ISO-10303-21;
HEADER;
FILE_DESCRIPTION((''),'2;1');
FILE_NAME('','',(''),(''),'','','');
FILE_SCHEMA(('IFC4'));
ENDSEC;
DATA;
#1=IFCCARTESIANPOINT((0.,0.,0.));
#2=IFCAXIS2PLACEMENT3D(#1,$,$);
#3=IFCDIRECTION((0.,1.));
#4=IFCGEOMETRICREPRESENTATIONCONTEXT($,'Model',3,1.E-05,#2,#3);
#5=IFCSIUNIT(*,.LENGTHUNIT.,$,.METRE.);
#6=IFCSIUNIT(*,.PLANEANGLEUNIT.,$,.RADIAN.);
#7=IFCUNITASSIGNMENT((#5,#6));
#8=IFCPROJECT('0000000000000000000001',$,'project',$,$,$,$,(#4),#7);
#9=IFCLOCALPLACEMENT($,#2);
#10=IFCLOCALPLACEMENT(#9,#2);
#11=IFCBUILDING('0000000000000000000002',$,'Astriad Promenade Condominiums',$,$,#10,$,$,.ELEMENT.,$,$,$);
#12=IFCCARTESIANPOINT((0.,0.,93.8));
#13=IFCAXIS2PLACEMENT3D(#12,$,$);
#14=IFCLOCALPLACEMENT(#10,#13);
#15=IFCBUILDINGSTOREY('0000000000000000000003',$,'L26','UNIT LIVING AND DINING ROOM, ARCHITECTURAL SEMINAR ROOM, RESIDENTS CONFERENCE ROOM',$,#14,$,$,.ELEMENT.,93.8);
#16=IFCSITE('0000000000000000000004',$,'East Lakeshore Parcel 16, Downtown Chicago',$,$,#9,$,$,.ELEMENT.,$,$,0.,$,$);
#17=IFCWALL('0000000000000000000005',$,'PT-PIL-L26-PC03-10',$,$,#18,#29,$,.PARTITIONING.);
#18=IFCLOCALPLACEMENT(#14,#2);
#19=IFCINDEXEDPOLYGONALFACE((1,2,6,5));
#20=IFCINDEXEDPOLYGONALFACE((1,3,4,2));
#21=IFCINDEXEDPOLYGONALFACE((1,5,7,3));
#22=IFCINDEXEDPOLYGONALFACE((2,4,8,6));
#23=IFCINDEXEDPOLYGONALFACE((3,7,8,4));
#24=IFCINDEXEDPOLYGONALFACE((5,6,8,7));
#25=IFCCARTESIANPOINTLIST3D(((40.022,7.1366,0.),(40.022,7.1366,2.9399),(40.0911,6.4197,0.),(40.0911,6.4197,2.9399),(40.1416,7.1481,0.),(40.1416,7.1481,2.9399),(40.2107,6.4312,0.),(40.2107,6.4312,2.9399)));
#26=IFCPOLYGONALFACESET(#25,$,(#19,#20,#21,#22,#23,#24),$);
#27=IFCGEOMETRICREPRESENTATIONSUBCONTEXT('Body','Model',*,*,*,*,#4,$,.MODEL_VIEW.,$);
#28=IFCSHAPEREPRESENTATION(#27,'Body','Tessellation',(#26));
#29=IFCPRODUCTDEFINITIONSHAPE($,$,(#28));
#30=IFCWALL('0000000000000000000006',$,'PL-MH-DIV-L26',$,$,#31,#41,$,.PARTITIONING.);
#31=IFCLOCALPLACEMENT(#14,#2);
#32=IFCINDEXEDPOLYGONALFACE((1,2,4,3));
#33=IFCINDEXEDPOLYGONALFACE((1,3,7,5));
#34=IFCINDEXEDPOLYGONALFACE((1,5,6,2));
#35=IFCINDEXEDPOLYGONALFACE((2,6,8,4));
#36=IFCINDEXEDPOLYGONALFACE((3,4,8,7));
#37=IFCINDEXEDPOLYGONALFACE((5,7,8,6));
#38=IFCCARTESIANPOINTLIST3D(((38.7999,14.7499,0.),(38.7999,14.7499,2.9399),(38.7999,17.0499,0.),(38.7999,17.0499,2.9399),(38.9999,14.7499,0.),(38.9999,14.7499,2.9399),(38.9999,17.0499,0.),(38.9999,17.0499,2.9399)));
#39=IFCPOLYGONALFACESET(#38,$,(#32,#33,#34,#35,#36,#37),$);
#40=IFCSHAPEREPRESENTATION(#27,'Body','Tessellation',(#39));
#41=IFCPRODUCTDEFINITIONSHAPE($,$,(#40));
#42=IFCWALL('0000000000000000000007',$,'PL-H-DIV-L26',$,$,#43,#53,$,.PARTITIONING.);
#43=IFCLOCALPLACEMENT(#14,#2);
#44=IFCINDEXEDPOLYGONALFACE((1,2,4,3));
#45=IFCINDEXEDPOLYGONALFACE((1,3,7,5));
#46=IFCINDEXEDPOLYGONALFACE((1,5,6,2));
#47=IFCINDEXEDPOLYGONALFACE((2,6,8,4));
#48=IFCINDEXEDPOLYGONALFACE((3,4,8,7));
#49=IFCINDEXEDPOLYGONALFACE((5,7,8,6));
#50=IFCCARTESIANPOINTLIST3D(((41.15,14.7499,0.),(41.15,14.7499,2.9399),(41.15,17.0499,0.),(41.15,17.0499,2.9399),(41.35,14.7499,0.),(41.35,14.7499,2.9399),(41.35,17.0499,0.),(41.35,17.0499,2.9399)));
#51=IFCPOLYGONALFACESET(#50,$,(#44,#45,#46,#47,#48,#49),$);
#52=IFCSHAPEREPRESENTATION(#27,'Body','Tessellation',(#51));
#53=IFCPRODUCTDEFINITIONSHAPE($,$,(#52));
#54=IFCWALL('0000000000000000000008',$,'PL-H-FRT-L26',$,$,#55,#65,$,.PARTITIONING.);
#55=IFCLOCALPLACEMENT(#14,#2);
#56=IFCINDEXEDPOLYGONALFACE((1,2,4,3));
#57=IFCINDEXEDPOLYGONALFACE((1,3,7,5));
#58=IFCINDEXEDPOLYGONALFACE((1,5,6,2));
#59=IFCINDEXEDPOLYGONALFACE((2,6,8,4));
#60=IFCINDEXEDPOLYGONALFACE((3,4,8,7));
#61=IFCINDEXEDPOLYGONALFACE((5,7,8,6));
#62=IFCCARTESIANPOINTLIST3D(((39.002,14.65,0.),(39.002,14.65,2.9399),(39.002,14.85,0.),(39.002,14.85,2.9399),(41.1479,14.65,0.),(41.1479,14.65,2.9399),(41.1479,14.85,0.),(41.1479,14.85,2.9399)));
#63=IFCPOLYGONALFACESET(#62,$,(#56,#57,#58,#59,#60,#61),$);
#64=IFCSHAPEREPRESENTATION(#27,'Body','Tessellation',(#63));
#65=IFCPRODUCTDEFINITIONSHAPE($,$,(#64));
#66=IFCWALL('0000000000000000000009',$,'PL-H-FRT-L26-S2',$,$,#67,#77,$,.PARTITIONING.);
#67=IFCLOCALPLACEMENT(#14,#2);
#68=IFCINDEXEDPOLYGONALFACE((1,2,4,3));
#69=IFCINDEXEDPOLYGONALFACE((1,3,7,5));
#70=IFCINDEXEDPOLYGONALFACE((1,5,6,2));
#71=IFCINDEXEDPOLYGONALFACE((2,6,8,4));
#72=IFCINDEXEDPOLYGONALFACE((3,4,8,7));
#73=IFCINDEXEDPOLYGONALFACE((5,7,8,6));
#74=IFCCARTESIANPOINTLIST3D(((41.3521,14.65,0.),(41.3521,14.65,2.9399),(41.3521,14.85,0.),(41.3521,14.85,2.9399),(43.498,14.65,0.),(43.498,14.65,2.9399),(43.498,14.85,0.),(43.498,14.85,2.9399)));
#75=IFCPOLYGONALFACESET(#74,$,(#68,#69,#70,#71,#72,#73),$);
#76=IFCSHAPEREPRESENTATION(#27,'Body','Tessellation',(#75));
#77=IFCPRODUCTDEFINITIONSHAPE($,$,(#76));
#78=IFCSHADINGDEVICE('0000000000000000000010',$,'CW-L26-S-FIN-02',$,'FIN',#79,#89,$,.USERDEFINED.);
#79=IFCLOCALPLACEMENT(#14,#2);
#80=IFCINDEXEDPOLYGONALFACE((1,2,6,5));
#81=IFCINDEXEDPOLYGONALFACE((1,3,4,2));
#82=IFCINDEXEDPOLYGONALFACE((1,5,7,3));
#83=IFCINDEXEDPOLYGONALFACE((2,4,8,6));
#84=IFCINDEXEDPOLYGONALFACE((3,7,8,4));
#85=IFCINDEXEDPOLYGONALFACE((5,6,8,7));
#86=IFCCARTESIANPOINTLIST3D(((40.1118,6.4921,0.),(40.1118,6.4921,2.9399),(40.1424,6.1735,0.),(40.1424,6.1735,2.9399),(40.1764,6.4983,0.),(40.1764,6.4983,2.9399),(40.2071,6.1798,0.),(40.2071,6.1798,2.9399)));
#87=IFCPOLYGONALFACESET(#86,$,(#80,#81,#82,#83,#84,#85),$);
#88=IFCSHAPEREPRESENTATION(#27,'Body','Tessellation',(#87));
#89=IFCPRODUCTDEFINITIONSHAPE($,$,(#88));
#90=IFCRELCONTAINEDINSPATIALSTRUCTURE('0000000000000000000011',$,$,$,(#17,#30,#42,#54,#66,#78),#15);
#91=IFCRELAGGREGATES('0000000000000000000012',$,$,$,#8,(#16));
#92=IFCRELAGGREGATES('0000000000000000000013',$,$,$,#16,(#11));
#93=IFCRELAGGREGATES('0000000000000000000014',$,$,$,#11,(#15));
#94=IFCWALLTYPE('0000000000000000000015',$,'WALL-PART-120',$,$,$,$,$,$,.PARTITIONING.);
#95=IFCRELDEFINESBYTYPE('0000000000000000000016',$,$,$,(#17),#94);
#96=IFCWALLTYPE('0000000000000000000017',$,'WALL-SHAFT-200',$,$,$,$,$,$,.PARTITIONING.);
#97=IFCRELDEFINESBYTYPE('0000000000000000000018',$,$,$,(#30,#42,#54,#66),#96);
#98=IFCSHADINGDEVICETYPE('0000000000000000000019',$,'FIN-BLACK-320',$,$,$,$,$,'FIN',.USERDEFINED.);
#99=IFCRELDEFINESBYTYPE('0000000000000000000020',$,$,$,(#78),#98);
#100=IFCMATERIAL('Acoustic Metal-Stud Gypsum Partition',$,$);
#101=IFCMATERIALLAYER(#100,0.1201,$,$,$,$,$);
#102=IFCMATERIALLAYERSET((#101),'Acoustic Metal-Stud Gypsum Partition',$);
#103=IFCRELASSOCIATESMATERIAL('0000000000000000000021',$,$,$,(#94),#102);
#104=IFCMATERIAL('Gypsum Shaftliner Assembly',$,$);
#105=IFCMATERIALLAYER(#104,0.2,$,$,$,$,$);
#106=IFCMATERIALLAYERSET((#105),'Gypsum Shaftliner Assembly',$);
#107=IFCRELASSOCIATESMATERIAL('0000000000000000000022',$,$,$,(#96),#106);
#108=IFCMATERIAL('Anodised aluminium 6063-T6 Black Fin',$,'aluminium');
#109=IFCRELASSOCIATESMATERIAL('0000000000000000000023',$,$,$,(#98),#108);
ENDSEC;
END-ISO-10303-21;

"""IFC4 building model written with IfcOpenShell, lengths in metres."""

from ifc_helpers import new_model, si_unit, direction, frame, frame_2d, origin, origin_2d, place, context, subcontext, project, spatial, rectangle, extrude, source, transform, mapped, material, layer, layer_set, type_object, type_shapes, element, save


model = new_model("IFC4")

# Units and contexts
model_context = context("Model", 3, precision=1e-05, world=origin(), true_north=direction((0.0, 1.0)))
body_context = subcontext(model_context, "Body", "Model", "MODEL_VIEW")
ifc_project = project(units=[si_unit("LENGTHUNIT", "METRE"), si_unit("PLANEANGLEUNIT", "RADIAN")], contexts=[model_context])

# Site, building, storey
site_placement = place(None, origin())
site = spatial("IfcSite", under=ifc_project, at=site_placement, Name="East Lakeshore Parcel 16, Downtown Chicago", CompositionType="ELEMENT", RefElevation=0.0)
building_placement = place(site_placement, origin())
building = spatial("IfcBuilding", under=site, at=building_placement, Name="Astriad Promenade Condominiums", CompositionType="ELEMENT")
storey_placement = place(building_placement, frame((0.0, 0.0, 93.8)))
storey = spatial("IfcBuildingStorey", under=building, at=storey_placement, Name="L26", Description="UNIT LIVING AND DINING ROOM, ARCHITECTURAL SEMINAR ROOM, RESIDENTS CONFERENCE ROOM", CompositionType="ELEMENT", Elevation=93.8)

# Walls
ifc_material_1 = material(Name="Acoustic Metal-Stud Gypsum Partition")
ifc_layer_1 = layer(ifc_material_1, 0.1201)
ifc_layer_set_1 = layer_set([ifc_layer_1], Name="Acoustic Metal-Stud Gypsum Partition")
wall_type_1 = type_object("IfcWallType", Name="WALL-PART-120", PredefinedType="PARTITIONING", material=ifc_layer_set_1)
wall_1_placement = place(storey_placement, frame((40.0818, 7.1423, 0.0), z_axis=(0.0, 0.0, 1.0), x_axis=(0.095945, -0.995387, 0.0)))
element("IfcWall", 1, at=wall_1_placement, inside=storey, type_object=wall_type_1, Name="PT-PIL-L26-PC03-10", PredefinedType="PARTITIONING", context=body_context, shape_type="SweptSolid", body=[
    extrude(rectangle(XDim=0.7202, YDim=0.1201, at=frame_2d((0.3601, 0.0))), origin(), (0.0, 0.0, 1.0), 2.9399),
])
ifc_material_2 = material(Name="Gypsum Shaftliner Assembly")
ifc_layer_2 = layer(ifc_material_2, 0.2)
ifc_layer_set_2 = layer_set([ifc_layer_2], Name="Gypsum Shaftliner Assembly")
wall_type_2 = type_object("IfcWallType", Name="WALL-SHAFT-200", PredefinedType="PARTITIONING", material=ifc_layer_set_2)
for number, where, z_axis, x_axis, name in (
    (2, (38.8999, 14.75, 0.0), (0.0, 0.0, 1.0), (0.0, 1.0, 0.0), "PL-MH-DIV-L26"),
    (3, (41.25, 14.75, 0.0), (0.0, 0.0, 1.0), (0.0, 1.0, 0.0), "PL-H-DIV-L26"),
):
    element("IfcWall", number, at=place(storey_placement, frame(where, z_axis=z_axis, x_axis=x_axis)), inside=storey, type_object=wall_type_2, Name=name, PredefinedType="PARTITIONING", context=body_context, shape_type="SweptSolid", body=[
        extrude(rectangle(XDim=2.3, YDim=0.2, at=frame_2d((1.1499, 0.0))), origin(), (0.0, 0.0, 1.0), 2.9399),
    ])
for number, where, z_axis, x_axis, name in (
    (4, (39.002, 14.75, 0.0), (0.0, 0.0, 1.0), (1.0, 0.0, 0.0), "PL-H-FRT-L26"),
    (5, (41.3521, 14.75, 0.0), (0.0, 0.0, 1.0), (1.0, 0.0, 0.0), "PL-H-FRT-L26-S2"),
):
    element("IfcWall", number, at=place(storey_placement, frame(where, z_axis=z_axis, x_axis=x_axis)), inside=storey, type_object=wall_type_2, Name=name, PredefinedType="PARTITIONING", context=body_context, shape_type="SweptSolid", body=[
        extrude(rectangle(XDim=2.146, YDim=0.2, at=frame_2d((1.073, 0.0))), origin(), (0.0, 0.0, 1.0), 2.9399),
    ])

# Shading device
ifc_material_3 = material(Name="Anodised aluminium 6063-T6 Black Fin", Category="aluminium")
shading_device_type = type_object("IfcShadingDeviceType", Name="FIN-BLACK-320", ElementType="FIN", PredefinedType="USERDEFINED", material=ifc_material_3)
shared_shape_1 = source(origin(), body_context, "Body", "SweptSolid", [
    extrude(rectangle(XDim=0.0649, YDim=0.3201, at=origin_2d()), origin(), (0.0, 0.0, 1.0), 2.9399),
])
type_shapes(shading_device_type, [shared_shape_1])
shading_device_placement = place(storey_placement, frame((40.1594, 6.3359, 0.0), z_axis=(0.0, 0.0, 1.0), x_axis=(-0.995396, -0.095846, 0.0)))
element("IfcShadingDevice", 6, at=shading_device_placement, inside=storey, type_object=shading_device_type, Name="CW-L26-S-FIN-02", ObjectType="FIN", PredefinedType="USERDEFINED", context=body_context, shape_type="MappedRepresentation", body=[
    mapped(shared_shape_1, transform((0.0, 0.0, 0.0), scale=1.0)),
])

save(model, "model.ifc")
